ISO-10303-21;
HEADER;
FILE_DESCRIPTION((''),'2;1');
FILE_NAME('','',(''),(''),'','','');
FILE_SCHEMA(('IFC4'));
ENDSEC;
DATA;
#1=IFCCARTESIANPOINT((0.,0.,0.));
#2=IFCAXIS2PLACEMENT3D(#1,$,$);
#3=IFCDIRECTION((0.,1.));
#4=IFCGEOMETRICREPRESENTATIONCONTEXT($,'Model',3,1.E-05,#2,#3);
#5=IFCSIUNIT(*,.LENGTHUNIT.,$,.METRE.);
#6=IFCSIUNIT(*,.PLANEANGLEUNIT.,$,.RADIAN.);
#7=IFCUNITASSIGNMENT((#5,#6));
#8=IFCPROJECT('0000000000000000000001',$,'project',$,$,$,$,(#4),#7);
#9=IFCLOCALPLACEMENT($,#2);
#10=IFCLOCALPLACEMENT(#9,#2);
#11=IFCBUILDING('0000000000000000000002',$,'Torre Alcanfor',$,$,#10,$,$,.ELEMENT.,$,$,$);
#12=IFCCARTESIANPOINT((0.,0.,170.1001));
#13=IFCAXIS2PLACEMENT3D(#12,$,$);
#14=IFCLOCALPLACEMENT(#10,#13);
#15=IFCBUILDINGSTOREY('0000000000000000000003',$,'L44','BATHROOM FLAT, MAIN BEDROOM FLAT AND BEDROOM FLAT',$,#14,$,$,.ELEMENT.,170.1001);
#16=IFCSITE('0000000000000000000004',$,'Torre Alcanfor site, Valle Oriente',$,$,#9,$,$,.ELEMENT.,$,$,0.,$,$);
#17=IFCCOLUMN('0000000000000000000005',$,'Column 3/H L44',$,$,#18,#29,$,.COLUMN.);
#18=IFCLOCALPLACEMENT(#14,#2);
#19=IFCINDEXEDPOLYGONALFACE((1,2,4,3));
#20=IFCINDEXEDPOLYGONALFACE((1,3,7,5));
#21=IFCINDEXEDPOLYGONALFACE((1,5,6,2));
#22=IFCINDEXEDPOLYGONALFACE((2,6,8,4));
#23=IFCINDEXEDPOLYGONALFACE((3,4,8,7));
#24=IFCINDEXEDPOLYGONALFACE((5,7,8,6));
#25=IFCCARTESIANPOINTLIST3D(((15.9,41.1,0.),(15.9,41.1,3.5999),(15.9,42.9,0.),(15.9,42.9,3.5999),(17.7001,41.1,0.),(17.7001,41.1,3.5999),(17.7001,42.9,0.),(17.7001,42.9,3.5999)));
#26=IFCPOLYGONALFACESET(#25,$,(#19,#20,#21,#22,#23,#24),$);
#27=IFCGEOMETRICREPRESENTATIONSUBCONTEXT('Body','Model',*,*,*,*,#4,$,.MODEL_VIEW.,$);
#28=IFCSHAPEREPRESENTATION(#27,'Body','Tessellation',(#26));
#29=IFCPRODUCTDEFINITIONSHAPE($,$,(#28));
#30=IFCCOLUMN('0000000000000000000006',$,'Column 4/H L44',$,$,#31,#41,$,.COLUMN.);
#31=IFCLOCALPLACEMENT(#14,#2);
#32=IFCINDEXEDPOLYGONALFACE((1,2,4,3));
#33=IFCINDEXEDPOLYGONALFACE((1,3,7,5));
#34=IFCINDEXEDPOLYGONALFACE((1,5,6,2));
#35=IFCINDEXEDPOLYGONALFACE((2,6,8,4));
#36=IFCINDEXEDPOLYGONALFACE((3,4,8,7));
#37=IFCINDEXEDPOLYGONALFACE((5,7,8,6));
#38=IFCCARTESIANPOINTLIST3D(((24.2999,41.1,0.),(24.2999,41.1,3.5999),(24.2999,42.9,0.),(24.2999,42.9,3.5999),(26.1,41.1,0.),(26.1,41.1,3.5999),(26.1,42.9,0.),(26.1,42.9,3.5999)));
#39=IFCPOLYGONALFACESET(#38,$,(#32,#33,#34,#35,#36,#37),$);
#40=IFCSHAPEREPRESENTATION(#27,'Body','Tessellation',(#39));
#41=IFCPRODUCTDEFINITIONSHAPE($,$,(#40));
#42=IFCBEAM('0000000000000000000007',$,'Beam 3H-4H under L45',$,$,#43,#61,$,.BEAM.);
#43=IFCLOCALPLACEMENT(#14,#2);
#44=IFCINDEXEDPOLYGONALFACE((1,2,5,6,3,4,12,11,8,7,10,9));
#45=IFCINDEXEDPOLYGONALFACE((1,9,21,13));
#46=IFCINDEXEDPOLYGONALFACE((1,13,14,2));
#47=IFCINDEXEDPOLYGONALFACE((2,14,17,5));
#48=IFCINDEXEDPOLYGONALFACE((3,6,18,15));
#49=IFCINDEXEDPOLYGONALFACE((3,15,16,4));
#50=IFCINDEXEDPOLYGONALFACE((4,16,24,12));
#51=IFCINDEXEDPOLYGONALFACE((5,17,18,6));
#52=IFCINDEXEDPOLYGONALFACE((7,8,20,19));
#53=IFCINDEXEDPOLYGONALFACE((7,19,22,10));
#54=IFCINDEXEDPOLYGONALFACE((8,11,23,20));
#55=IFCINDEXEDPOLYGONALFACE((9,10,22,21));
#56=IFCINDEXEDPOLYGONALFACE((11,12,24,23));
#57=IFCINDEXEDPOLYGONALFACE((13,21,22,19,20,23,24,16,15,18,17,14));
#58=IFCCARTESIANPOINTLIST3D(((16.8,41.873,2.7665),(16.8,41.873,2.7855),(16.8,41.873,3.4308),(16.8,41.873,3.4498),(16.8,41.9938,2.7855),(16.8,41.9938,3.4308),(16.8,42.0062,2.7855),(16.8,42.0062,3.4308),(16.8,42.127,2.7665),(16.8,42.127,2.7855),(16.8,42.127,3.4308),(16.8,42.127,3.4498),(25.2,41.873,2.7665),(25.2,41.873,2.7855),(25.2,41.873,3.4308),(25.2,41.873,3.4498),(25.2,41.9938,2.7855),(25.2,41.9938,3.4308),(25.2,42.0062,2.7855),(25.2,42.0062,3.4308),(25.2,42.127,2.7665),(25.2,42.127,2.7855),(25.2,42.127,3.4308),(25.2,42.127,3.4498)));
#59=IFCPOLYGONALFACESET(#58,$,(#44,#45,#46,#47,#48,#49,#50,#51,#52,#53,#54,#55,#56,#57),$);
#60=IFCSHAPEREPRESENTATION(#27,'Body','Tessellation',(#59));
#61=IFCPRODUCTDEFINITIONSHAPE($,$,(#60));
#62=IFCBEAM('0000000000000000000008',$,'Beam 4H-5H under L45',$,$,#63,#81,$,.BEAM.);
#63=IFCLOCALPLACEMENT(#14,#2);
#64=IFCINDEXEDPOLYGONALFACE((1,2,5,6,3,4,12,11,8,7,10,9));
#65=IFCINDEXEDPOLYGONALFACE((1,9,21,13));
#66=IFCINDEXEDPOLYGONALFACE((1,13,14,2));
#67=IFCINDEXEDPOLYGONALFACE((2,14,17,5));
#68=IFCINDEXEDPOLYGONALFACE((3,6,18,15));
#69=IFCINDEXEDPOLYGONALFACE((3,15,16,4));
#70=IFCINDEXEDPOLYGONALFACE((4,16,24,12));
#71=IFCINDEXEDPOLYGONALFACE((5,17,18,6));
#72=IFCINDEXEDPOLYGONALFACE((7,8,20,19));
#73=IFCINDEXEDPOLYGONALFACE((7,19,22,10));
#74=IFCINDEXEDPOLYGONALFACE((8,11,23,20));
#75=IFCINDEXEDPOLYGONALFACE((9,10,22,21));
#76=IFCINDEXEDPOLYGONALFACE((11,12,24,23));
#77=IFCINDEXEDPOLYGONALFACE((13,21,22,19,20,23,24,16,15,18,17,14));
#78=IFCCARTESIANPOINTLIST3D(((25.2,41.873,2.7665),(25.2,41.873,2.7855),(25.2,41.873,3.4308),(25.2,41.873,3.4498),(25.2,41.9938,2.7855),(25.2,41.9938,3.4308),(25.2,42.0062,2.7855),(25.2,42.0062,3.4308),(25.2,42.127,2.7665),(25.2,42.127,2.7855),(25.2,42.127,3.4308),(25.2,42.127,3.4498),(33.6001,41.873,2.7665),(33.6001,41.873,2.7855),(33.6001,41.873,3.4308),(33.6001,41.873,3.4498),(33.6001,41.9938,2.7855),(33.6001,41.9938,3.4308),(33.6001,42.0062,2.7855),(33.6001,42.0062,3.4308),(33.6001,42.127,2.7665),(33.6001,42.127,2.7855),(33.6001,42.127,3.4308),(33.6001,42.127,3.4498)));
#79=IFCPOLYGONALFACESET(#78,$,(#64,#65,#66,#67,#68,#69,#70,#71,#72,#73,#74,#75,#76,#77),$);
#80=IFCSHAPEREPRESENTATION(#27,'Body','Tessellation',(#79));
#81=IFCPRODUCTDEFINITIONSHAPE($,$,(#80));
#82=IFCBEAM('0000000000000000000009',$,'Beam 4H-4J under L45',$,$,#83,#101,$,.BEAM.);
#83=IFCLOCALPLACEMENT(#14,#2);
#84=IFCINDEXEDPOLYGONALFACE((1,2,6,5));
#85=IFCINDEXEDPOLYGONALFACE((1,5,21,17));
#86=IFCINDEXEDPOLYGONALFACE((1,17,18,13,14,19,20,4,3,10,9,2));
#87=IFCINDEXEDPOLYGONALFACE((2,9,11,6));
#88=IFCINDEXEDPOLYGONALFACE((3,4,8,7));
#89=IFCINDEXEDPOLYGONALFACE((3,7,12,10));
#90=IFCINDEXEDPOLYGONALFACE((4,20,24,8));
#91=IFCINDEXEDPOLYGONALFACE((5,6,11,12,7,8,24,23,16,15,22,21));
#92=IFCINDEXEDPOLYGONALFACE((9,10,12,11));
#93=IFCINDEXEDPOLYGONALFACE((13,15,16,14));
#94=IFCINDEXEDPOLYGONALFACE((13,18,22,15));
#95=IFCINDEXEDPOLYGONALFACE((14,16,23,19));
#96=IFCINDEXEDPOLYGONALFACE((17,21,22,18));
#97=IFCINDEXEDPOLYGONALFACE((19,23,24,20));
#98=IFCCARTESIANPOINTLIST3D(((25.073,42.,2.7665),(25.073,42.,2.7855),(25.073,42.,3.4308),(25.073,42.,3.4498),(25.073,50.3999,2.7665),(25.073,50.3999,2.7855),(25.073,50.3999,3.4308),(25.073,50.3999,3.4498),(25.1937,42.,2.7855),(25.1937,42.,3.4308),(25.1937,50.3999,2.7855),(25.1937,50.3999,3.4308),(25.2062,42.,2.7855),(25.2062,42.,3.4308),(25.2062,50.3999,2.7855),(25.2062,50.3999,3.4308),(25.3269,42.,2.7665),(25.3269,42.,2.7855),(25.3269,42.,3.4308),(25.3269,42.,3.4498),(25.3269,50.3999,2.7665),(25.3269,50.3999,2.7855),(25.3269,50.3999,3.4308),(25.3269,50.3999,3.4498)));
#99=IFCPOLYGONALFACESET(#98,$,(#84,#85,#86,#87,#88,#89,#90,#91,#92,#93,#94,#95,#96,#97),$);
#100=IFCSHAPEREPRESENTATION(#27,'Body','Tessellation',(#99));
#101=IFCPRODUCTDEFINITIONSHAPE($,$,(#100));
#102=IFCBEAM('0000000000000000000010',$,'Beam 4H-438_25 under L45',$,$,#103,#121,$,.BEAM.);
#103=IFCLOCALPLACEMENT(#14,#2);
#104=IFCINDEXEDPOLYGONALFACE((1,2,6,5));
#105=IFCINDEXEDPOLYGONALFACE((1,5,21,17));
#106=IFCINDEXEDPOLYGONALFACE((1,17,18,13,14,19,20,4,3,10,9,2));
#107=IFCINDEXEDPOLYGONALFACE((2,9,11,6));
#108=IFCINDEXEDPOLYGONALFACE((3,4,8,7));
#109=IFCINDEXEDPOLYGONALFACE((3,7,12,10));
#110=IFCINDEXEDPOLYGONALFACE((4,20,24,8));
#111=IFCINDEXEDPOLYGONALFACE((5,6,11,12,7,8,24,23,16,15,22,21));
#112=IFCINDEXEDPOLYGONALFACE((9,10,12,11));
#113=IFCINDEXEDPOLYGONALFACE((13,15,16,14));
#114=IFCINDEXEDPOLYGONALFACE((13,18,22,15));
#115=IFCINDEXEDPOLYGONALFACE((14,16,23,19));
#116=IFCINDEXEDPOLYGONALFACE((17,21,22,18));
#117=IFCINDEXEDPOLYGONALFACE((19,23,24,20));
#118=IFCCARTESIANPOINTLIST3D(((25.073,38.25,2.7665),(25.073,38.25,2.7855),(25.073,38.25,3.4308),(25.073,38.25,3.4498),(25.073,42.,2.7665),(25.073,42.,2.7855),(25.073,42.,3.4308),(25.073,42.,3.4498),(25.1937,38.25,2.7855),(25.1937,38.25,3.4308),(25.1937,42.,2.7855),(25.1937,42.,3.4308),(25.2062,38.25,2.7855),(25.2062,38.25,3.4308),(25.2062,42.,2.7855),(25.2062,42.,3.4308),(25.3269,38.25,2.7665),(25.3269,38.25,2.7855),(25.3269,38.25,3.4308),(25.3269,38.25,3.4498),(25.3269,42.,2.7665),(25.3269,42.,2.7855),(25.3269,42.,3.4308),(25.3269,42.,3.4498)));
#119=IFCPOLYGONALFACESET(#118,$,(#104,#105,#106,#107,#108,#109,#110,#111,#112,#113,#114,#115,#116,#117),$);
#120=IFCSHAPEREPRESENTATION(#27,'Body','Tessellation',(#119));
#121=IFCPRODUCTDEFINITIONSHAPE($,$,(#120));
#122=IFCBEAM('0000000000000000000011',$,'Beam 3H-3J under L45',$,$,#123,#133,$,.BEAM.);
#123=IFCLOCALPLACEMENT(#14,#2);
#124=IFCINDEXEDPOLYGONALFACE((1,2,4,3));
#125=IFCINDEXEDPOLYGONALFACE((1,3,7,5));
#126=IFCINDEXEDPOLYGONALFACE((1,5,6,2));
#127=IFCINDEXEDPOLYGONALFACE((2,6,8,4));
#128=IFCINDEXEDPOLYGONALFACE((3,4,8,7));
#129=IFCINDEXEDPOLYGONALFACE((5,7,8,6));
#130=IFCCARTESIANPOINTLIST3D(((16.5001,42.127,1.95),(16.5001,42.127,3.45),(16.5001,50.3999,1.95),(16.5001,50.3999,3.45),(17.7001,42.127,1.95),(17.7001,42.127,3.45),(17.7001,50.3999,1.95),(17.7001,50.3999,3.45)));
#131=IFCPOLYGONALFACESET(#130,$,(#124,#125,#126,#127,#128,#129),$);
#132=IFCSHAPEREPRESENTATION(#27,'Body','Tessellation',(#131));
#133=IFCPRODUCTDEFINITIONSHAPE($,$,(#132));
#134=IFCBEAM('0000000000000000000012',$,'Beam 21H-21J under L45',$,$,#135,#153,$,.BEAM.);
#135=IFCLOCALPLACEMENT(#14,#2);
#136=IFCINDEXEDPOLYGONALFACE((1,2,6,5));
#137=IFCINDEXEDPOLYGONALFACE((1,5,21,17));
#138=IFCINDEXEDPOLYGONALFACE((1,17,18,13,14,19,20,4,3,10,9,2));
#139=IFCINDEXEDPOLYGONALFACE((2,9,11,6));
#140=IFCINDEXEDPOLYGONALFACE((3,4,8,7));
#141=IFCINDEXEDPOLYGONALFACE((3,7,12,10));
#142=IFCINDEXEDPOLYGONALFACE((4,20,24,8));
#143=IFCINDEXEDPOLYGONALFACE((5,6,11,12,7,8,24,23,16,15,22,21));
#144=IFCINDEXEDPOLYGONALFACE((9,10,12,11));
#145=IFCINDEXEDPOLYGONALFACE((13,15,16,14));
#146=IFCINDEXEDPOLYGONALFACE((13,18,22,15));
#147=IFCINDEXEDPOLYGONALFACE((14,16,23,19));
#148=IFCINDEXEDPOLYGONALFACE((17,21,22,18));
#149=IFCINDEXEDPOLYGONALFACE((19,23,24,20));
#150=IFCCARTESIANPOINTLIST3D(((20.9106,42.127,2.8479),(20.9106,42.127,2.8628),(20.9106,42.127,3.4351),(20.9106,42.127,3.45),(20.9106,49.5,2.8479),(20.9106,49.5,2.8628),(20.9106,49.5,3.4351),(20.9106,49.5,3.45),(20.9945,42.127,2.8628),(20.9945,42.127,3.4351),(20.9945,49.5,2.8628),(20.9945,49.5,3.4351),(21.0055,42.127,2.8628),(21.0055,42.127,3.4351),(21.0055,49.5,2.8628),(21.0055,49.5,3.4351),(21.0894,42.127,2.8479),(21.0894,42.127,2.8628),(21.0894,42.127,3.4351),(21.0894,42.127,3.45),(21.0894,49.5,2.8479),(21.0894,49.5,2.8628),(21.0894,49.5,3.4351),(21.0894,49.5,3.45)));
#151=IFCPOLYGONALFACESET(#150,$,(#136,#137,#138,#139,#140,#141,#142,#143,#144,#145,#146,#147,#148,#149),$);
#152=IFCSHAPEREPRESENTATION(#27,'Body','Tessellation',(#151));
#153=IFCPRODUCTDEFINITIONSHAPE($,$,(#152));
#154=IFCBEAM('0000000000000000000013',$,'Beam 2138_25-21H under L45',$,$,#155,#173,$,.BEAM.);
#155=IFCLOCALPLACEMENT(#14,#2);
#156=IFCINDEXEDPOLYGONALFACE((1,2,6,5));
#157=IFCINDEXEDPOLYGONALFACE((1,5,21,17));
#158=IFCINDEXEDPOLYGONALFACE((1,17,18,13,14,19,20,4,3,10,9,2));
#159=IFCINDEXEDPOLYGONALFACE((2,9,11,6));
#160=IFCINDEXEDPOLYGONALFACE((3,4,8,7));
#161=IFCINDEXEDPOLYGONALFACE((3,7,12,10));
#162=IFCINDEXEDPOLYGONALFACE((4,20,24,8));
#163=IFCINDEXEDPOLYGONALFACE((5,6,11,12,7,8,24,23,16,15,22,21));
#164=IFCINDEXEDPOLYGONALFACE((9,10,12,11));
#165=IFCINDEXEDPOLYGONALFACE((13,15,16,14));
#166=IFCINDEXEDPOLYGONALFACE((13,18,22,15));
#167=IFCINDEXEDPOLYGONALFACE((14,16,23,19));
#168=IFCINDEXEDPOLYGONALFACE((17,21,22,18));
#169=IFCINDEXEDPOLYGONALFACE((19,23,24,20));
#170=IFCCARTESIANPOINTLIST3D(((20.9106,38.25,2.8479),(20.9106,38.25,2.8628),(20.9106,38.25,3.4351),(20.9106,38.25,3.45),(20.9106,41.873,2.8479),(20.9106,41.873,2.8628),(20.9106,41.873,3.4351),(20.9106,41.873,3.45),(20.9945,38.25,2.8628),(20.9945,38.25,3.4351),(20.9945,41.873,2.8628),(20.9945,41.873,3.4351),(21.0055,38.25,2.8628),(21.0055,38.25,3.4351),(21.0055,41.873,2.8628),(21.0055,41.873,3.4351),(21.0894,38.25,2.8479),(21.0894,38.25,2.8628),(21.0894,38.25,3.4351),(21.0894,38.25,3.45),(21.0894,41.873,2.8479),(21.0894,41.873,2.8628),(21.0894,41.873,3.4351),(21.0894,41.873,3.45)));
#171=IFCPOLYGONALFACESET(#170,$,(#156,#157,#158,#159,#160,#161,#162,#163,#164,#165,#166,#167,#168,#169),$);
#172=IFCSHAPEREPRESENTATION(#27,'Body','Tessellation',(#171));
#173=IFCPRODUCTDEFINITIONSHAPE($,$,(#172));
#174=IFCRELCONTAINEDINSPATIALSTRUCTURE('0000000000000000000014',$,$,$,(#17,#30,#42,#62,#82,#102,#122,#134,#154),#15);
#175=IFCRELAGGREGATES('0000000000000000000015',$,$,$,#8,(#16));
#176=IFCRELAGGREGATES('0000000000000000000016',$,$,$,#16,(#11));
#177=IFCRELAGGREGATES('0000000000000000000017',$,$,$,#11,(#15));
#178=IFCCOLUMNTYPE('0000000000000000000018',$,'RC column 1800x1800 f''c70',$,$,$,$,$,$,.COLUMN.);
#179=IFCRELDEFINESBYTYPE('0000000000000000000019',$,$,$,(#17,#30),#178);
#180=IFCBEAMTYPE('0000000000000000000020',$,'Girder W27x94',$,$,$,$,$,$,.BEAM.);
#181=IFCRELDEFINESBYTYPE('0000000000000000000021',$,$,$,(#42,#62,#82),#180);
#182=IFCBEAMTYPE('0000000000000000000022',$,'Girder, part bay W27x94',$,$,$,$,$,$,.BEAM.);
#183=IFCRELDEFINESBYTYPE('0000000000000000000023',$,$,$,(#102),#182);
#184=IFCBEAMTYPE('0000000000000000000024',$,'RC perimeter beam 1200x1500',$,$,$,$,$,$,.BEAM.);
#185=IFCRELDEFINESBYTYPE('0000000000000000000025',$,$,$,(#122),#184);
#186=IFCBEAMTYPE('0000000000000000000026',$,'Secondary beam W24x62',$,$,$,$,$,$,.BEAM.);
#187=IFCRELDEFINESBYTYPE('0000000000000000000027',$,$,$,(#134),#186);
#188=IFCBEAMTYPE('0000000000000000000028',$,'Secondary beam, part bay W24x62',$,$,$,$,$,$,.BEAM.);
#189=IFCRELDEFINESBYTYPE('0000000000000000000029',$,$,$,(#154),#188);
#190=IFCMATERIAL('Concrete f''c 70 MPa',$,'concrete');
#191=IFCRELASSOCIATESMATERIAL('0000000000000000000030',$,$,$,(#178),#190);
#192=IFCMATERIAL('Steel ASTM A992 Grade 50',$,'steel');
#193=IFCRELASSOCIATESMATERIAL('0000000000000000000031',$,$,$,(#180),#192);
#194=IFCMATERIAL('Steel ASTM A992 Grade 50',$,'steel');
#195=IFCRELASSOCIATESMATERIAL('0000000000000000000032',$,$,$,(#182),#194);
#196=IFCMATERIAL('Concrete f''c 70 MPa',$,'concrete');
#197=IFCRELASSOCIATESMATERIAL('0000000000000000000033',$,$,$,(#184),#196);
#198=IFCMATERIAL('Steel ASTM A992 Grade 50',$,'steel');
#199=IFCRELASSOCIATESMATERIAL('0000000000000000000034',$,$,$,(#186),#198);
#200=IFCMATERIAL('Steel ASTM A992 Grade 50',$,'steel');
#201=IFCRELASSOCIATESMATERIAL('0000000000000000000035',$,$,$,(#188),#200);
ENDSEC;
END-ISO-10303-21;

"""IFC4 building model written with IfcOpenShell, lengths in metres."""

from ifc_helpers import new_model, si_unit, direction, frame, origin, origin_2d, place, context, subcontext, project, spatial, rectangle, i_section, extrude, material, material_profile, profile_set, type_object, element, save


model = new_model("IFC4")

# Units and contexts
model_context = context("Model", 3, precision=1e-05, world=origin(), true_north=direction((0.0, 1.0)))
body_context = subcontext(model_context, "Body", "Model", "MODEL_VIEW")
ifc_project = project(units=[si_unit("LENGTHUNIT", "METRE"), si_unit("PLANEANGLEUNIT", "RADIAN")], contexts=[model_context])

# Site, building, storey
site_placement = place(None, origin())
site = spatial("IfcSite", under=ifc_project, at=site_placement, Name="Torre Alcanfor site, Valle Oriente", CompositionType="ELEMENT", RefElevation=0.0)
building_placement = place(site_placement, origin())
building = spatial("IfcBuilding", under=site, at=building_placement, Name="Torre Alcanfor", CompositionType="ELEMENT")
storey_placement = place(building_placement, frame((0.0, 0.0, 170.1001)))
storey = spatial("IfcBuildingStorey", under=building, at=storey_placement, Name="L44", Description="BATHROOM FLAT, MAIN BEDROOM FLAT AND BEDROOM FLAT", CompositionType="ELEMENT", Elevation=170.1001)

# Columns
ifc_material_1 = material(Name="Concrete f'c 70 MPa", Category="concrete")
ifc_material_profile_1 = material_profile(ifc_material_1, rectangle(XDim=1.8, YDim=1.8, at=origin_2d()), Name="1800x1800")
ifc_profile_set_1 = profile_set([ifc_material_profile_1], Name="Concrete f'c 70 MPa")
column_type = type_object("IfcColumnType", Name="RC column 1800x1800 f'c70", PredefinedType="COLUMN", material=ifc_profile_set_1)
for number, where, z_axis, x_axis, name in (
    (1, (16.8, 42.0, 0.0), (0.0, 0.0, 1.0), (1.0, 0.0, 0.0), "Column 3/H L44"),
    (2, (25.2, 42.0, 0.0), (0.0, 0.0, 1.0), (1.0, 0.0, 0.0), "Column 4/H L44"),
):
    element("IfcColumn", number, at=place(storey_placement, frame(where, z_axis=z_axis, x_axis=x_axis)), inside=storey, type_object=column_type, Name=name, PredefinedType="COLUMN", context=body_context, shape_type="SweptSolid", body=[
        extrude(rectangle(XDim=1.8, YDim=1.8, at=origin_2d()), origin(), (0.0, 0.0, 1.0), 3.5999),
    ])

# Beams
ifc_material_2 = material(Name="Steel ASTM A992 Grade 50", Category="steel")
ifc_material_profile_2 = material_profile(ifc_material_2, i_section(OverallWidth=0.2539, OverallDepth=0.6833, WebThickness=0.0125, FlangeThickness=0.019, at=origin_2d()), Name="W27x94")
ifc_profile_set_2 = profile_set([ifc_material_profile_2], Name="Steel ASTM A992 Grade 50")
beam_type_1 = type_object("IfcBeamType", Name="Girder W27x94", PredefinedType="BEAM", material=ifc_profile_set_2)
beam_1_placement = place(storey_placement, frame((16.8, 42.0, 3.1082), z_axis=(1.0, 0.0, 0.0), x_axis=(0.0, 1.0, 0.0)))
element("IfcBeam", 3, at=beam_1_placement, inside=storey, type_object=beam_type_1, Name="Beam 3H-4H under L45", PredefinedType="BEAM", context=body_context, shape_type="SweptSolid", body=[
    extrude(i_section(OverallWidth=0.2539, OverallDepth=0.6833, WebThickness=0.0125, FlangeThickness=0.019, at=origin_2d()), origin(), (0.0, 0.0, 1.0), 8.3999),
])
beam_2_placement = place(storey_placement, frame((25.2, 42.0, 3.1082), z_axis=(1.0, 0.0, 0.0), x_axis=(0.0, 1.0, 0.0)))
element("IfcBeam", 4, at=beam_2_placement, inside=storey, type_object=beam_type_1, Name="Beam 4H-5H under L45", PredefinedType="BEAM", context=body_context, shape_type="SweptSolid", body=[
    extrude(i_section(OverallWidth=0.2539, OverallDepth=0.6833, WebThickness=0.0125, FlangeThickness=0.019, at=origin_2d()), origin(), (0.0, 0.0, 1.0), 8.4001),
])
beam_3_placement = place(storey_placement, frame((25.2, 42.0, 3.1082), z_axis=(0.0, 1.0, 0.0), x_axis=(-1.0, 0.0, 0.0)))
element("IfcBeam", 5, at=beam_3_placement, inside=storey, type_object=beam_type_1, Name="Beam 4H-4J under L45", PredefinedType="BEAM", context=body_context, shape_type="SweptSolid", body=[
    extrude(i_section(OverallWidth=0.2539, OverallDepth=0.6833, WebThickness=0.0125, FlangeThickness=0.019, at=origin_2d()), origin(), (0.0, 0.0, 1.0), 8.3999),
])
ifc_material_3 = material(Name="Steel ASTM A992 Grade 50", Category="steel")
ifc_material_profile_3 = material_profile(ifc_material_3, i_section(OverallWidth=0.2539, OverallDepth=0.6833, WebThickness=0.0125, FlangeThickness=0.019, at=origin_2d()), Name="W27x94")
ifc_profile_set_3 = profile_set([ifc_material_profile_3], Name="Steel ASTM A992 Grade 50")
beam_type_2 = type_object("IfcBeamType", Name="Girder, part bay W27x94", PredefinedType="BEAM", material=ifc_profile_set_3)
beam_4_placement = place(storey_placement, frame((25.2, 42.0, 3.1082), z_axis=(0.0, -1.0, 0.0), x_axis=(1.0, 0.0, 0.0)))
element("IfcBeam", 6, at=beam_4_placement, inside=storey, type_object=beam_type_2, Name="Beam 4H-438_25 under L45", PredefinedType="BEAM", context=body_context, shape_type="SweptSolid", body=[
    extrude(i_section(OverallWidth=0.2539, OverallDepth=0.6833, WebThickness=0.0125, FlangeThickness=0.019, at=origin_2d()), origin(), (0.0, 0.0, 1.0), 3.75),
])
ifc_material_4 = material(Name="Concrete f'c 70 MPa", Category="concrete")
ifc_material_profile_4 = material_profile(ifc_material_4, rectangle(XDim=1.2, YDim=1.5, at=origin_2d()), Name="1200x1500")
ifc_profile_set_4 = profile_set([ifc_material_profile_4], Name="Concrete f'c 70 MPa")
beam_type_3 = type_object("IfcBeamType", Name="RC perimeter beam 1200x1500", PredefinedType="BEAM", material=ifc_profile_set_4)
beam_5_placement = place(storey_placement, frame((17.1001, 42.127, 2.7), z_axis=(0.0, 1.0, 0.0), x_axis=(-1.0, 0.0, 0.0)))
element("IfcBeam", 7, at=beam_5_placement, inside=storey, type_object=beam_type_3, Name="Beam 3H-3J under L45", PredefinedType="BEAM", context=body_context, shape_type="SweptSolid", body=[
    extrude(rectangle(XDim=1.2, YDim=1.5, at=origin_2d()), origin(), (0.0, 0.0, 1.0), 8.2729),
])
ifc_material_5 = material(Name="Steel ASTM A992 Grade 50", Category="steel")
ifc_material_profile_5 = material_profile(ifc_material_5, i_section(OverallWidth=0.1787, OverallDepth=0.6021, WebThickness=0.011, FlangeThickness=0.0149, at=origin_2d()), Name="W24x62")
ifc_profile_set_5 = profile_set([ifc_material_profile_5], Name="Steel ASTM A992 Grade 50")
beam_type_4 = type_object("IfcBeamType", Name="Secondary beam W24x62", PredefinedType="BEAM", material=ifc_profile_set_5)
beam_6_placement = place(storey_placement, frame((21.0, 42.127, 3.1489), z_axis=(0.0, 1.0, 0.0), x_axis=(-1.0, 0.0, 0.0)))
element("IfcBeam", 8, at=beam_6_placement, inside=storey, type_object=beam_type_4, Name="Beam 21H-21J under L45", PredefinedType="BEAM", context=body_context, shape_type="SweptSolid", body=[
    extrude(i_section(OverallWidth=0.1787, OverallDepth=0.6021, WebThickness=0.011, FlangeThickness=0.0149, at=origin_2d()), origin(), (0.0, 0.0, 1.0), 7.373),
])
ifc_material_6 = material(Name="Steel ASTM A992 Grade 50", Category="steel")
ifc_material_profile_6 = material_profile(ifc_material_6, i_section(OverallWidth=0.1787, OverallDepth=0.6021, WebThickness=0.011, FlangeThickness=0.0149, at=origin_2d()), Name="W24x62")
ifc_profile_set_6 = profile_set([ifc_material_profile_6], Name="Steel ASTM A992 Grade 50")
beam_type_5 = type_object("IfcBeamType", Name="Secondary beam, part bay W24x62", PredefinedType="BEAM", material=ifc_profile_set_6)
beam_7_placement = place(storey_placement, frame((21.0, 38.25, 3.1489), z_axis=(0.0, 1.0, 0.0), x_axis=(-1.0, 0.0, 0.0)))
element("IfcBeam", 9, at=beam_7_placement, inside=storey, type_object=beam_type_5, Name="Beam 2138_25-21H under L45", PredefinedType="BEAM", context=body_context, shape_type="SweptSolid", body=[
    extrude(i_section(OverallWidth=0.1787, OverallDepth=0.6021, WebThickness=0.011, FlangeThickness=0.0149, at=origin_2d()), origin(), (0.0, 0.0, 1.0), 3.623),
])

save(model, "model.ifc")
